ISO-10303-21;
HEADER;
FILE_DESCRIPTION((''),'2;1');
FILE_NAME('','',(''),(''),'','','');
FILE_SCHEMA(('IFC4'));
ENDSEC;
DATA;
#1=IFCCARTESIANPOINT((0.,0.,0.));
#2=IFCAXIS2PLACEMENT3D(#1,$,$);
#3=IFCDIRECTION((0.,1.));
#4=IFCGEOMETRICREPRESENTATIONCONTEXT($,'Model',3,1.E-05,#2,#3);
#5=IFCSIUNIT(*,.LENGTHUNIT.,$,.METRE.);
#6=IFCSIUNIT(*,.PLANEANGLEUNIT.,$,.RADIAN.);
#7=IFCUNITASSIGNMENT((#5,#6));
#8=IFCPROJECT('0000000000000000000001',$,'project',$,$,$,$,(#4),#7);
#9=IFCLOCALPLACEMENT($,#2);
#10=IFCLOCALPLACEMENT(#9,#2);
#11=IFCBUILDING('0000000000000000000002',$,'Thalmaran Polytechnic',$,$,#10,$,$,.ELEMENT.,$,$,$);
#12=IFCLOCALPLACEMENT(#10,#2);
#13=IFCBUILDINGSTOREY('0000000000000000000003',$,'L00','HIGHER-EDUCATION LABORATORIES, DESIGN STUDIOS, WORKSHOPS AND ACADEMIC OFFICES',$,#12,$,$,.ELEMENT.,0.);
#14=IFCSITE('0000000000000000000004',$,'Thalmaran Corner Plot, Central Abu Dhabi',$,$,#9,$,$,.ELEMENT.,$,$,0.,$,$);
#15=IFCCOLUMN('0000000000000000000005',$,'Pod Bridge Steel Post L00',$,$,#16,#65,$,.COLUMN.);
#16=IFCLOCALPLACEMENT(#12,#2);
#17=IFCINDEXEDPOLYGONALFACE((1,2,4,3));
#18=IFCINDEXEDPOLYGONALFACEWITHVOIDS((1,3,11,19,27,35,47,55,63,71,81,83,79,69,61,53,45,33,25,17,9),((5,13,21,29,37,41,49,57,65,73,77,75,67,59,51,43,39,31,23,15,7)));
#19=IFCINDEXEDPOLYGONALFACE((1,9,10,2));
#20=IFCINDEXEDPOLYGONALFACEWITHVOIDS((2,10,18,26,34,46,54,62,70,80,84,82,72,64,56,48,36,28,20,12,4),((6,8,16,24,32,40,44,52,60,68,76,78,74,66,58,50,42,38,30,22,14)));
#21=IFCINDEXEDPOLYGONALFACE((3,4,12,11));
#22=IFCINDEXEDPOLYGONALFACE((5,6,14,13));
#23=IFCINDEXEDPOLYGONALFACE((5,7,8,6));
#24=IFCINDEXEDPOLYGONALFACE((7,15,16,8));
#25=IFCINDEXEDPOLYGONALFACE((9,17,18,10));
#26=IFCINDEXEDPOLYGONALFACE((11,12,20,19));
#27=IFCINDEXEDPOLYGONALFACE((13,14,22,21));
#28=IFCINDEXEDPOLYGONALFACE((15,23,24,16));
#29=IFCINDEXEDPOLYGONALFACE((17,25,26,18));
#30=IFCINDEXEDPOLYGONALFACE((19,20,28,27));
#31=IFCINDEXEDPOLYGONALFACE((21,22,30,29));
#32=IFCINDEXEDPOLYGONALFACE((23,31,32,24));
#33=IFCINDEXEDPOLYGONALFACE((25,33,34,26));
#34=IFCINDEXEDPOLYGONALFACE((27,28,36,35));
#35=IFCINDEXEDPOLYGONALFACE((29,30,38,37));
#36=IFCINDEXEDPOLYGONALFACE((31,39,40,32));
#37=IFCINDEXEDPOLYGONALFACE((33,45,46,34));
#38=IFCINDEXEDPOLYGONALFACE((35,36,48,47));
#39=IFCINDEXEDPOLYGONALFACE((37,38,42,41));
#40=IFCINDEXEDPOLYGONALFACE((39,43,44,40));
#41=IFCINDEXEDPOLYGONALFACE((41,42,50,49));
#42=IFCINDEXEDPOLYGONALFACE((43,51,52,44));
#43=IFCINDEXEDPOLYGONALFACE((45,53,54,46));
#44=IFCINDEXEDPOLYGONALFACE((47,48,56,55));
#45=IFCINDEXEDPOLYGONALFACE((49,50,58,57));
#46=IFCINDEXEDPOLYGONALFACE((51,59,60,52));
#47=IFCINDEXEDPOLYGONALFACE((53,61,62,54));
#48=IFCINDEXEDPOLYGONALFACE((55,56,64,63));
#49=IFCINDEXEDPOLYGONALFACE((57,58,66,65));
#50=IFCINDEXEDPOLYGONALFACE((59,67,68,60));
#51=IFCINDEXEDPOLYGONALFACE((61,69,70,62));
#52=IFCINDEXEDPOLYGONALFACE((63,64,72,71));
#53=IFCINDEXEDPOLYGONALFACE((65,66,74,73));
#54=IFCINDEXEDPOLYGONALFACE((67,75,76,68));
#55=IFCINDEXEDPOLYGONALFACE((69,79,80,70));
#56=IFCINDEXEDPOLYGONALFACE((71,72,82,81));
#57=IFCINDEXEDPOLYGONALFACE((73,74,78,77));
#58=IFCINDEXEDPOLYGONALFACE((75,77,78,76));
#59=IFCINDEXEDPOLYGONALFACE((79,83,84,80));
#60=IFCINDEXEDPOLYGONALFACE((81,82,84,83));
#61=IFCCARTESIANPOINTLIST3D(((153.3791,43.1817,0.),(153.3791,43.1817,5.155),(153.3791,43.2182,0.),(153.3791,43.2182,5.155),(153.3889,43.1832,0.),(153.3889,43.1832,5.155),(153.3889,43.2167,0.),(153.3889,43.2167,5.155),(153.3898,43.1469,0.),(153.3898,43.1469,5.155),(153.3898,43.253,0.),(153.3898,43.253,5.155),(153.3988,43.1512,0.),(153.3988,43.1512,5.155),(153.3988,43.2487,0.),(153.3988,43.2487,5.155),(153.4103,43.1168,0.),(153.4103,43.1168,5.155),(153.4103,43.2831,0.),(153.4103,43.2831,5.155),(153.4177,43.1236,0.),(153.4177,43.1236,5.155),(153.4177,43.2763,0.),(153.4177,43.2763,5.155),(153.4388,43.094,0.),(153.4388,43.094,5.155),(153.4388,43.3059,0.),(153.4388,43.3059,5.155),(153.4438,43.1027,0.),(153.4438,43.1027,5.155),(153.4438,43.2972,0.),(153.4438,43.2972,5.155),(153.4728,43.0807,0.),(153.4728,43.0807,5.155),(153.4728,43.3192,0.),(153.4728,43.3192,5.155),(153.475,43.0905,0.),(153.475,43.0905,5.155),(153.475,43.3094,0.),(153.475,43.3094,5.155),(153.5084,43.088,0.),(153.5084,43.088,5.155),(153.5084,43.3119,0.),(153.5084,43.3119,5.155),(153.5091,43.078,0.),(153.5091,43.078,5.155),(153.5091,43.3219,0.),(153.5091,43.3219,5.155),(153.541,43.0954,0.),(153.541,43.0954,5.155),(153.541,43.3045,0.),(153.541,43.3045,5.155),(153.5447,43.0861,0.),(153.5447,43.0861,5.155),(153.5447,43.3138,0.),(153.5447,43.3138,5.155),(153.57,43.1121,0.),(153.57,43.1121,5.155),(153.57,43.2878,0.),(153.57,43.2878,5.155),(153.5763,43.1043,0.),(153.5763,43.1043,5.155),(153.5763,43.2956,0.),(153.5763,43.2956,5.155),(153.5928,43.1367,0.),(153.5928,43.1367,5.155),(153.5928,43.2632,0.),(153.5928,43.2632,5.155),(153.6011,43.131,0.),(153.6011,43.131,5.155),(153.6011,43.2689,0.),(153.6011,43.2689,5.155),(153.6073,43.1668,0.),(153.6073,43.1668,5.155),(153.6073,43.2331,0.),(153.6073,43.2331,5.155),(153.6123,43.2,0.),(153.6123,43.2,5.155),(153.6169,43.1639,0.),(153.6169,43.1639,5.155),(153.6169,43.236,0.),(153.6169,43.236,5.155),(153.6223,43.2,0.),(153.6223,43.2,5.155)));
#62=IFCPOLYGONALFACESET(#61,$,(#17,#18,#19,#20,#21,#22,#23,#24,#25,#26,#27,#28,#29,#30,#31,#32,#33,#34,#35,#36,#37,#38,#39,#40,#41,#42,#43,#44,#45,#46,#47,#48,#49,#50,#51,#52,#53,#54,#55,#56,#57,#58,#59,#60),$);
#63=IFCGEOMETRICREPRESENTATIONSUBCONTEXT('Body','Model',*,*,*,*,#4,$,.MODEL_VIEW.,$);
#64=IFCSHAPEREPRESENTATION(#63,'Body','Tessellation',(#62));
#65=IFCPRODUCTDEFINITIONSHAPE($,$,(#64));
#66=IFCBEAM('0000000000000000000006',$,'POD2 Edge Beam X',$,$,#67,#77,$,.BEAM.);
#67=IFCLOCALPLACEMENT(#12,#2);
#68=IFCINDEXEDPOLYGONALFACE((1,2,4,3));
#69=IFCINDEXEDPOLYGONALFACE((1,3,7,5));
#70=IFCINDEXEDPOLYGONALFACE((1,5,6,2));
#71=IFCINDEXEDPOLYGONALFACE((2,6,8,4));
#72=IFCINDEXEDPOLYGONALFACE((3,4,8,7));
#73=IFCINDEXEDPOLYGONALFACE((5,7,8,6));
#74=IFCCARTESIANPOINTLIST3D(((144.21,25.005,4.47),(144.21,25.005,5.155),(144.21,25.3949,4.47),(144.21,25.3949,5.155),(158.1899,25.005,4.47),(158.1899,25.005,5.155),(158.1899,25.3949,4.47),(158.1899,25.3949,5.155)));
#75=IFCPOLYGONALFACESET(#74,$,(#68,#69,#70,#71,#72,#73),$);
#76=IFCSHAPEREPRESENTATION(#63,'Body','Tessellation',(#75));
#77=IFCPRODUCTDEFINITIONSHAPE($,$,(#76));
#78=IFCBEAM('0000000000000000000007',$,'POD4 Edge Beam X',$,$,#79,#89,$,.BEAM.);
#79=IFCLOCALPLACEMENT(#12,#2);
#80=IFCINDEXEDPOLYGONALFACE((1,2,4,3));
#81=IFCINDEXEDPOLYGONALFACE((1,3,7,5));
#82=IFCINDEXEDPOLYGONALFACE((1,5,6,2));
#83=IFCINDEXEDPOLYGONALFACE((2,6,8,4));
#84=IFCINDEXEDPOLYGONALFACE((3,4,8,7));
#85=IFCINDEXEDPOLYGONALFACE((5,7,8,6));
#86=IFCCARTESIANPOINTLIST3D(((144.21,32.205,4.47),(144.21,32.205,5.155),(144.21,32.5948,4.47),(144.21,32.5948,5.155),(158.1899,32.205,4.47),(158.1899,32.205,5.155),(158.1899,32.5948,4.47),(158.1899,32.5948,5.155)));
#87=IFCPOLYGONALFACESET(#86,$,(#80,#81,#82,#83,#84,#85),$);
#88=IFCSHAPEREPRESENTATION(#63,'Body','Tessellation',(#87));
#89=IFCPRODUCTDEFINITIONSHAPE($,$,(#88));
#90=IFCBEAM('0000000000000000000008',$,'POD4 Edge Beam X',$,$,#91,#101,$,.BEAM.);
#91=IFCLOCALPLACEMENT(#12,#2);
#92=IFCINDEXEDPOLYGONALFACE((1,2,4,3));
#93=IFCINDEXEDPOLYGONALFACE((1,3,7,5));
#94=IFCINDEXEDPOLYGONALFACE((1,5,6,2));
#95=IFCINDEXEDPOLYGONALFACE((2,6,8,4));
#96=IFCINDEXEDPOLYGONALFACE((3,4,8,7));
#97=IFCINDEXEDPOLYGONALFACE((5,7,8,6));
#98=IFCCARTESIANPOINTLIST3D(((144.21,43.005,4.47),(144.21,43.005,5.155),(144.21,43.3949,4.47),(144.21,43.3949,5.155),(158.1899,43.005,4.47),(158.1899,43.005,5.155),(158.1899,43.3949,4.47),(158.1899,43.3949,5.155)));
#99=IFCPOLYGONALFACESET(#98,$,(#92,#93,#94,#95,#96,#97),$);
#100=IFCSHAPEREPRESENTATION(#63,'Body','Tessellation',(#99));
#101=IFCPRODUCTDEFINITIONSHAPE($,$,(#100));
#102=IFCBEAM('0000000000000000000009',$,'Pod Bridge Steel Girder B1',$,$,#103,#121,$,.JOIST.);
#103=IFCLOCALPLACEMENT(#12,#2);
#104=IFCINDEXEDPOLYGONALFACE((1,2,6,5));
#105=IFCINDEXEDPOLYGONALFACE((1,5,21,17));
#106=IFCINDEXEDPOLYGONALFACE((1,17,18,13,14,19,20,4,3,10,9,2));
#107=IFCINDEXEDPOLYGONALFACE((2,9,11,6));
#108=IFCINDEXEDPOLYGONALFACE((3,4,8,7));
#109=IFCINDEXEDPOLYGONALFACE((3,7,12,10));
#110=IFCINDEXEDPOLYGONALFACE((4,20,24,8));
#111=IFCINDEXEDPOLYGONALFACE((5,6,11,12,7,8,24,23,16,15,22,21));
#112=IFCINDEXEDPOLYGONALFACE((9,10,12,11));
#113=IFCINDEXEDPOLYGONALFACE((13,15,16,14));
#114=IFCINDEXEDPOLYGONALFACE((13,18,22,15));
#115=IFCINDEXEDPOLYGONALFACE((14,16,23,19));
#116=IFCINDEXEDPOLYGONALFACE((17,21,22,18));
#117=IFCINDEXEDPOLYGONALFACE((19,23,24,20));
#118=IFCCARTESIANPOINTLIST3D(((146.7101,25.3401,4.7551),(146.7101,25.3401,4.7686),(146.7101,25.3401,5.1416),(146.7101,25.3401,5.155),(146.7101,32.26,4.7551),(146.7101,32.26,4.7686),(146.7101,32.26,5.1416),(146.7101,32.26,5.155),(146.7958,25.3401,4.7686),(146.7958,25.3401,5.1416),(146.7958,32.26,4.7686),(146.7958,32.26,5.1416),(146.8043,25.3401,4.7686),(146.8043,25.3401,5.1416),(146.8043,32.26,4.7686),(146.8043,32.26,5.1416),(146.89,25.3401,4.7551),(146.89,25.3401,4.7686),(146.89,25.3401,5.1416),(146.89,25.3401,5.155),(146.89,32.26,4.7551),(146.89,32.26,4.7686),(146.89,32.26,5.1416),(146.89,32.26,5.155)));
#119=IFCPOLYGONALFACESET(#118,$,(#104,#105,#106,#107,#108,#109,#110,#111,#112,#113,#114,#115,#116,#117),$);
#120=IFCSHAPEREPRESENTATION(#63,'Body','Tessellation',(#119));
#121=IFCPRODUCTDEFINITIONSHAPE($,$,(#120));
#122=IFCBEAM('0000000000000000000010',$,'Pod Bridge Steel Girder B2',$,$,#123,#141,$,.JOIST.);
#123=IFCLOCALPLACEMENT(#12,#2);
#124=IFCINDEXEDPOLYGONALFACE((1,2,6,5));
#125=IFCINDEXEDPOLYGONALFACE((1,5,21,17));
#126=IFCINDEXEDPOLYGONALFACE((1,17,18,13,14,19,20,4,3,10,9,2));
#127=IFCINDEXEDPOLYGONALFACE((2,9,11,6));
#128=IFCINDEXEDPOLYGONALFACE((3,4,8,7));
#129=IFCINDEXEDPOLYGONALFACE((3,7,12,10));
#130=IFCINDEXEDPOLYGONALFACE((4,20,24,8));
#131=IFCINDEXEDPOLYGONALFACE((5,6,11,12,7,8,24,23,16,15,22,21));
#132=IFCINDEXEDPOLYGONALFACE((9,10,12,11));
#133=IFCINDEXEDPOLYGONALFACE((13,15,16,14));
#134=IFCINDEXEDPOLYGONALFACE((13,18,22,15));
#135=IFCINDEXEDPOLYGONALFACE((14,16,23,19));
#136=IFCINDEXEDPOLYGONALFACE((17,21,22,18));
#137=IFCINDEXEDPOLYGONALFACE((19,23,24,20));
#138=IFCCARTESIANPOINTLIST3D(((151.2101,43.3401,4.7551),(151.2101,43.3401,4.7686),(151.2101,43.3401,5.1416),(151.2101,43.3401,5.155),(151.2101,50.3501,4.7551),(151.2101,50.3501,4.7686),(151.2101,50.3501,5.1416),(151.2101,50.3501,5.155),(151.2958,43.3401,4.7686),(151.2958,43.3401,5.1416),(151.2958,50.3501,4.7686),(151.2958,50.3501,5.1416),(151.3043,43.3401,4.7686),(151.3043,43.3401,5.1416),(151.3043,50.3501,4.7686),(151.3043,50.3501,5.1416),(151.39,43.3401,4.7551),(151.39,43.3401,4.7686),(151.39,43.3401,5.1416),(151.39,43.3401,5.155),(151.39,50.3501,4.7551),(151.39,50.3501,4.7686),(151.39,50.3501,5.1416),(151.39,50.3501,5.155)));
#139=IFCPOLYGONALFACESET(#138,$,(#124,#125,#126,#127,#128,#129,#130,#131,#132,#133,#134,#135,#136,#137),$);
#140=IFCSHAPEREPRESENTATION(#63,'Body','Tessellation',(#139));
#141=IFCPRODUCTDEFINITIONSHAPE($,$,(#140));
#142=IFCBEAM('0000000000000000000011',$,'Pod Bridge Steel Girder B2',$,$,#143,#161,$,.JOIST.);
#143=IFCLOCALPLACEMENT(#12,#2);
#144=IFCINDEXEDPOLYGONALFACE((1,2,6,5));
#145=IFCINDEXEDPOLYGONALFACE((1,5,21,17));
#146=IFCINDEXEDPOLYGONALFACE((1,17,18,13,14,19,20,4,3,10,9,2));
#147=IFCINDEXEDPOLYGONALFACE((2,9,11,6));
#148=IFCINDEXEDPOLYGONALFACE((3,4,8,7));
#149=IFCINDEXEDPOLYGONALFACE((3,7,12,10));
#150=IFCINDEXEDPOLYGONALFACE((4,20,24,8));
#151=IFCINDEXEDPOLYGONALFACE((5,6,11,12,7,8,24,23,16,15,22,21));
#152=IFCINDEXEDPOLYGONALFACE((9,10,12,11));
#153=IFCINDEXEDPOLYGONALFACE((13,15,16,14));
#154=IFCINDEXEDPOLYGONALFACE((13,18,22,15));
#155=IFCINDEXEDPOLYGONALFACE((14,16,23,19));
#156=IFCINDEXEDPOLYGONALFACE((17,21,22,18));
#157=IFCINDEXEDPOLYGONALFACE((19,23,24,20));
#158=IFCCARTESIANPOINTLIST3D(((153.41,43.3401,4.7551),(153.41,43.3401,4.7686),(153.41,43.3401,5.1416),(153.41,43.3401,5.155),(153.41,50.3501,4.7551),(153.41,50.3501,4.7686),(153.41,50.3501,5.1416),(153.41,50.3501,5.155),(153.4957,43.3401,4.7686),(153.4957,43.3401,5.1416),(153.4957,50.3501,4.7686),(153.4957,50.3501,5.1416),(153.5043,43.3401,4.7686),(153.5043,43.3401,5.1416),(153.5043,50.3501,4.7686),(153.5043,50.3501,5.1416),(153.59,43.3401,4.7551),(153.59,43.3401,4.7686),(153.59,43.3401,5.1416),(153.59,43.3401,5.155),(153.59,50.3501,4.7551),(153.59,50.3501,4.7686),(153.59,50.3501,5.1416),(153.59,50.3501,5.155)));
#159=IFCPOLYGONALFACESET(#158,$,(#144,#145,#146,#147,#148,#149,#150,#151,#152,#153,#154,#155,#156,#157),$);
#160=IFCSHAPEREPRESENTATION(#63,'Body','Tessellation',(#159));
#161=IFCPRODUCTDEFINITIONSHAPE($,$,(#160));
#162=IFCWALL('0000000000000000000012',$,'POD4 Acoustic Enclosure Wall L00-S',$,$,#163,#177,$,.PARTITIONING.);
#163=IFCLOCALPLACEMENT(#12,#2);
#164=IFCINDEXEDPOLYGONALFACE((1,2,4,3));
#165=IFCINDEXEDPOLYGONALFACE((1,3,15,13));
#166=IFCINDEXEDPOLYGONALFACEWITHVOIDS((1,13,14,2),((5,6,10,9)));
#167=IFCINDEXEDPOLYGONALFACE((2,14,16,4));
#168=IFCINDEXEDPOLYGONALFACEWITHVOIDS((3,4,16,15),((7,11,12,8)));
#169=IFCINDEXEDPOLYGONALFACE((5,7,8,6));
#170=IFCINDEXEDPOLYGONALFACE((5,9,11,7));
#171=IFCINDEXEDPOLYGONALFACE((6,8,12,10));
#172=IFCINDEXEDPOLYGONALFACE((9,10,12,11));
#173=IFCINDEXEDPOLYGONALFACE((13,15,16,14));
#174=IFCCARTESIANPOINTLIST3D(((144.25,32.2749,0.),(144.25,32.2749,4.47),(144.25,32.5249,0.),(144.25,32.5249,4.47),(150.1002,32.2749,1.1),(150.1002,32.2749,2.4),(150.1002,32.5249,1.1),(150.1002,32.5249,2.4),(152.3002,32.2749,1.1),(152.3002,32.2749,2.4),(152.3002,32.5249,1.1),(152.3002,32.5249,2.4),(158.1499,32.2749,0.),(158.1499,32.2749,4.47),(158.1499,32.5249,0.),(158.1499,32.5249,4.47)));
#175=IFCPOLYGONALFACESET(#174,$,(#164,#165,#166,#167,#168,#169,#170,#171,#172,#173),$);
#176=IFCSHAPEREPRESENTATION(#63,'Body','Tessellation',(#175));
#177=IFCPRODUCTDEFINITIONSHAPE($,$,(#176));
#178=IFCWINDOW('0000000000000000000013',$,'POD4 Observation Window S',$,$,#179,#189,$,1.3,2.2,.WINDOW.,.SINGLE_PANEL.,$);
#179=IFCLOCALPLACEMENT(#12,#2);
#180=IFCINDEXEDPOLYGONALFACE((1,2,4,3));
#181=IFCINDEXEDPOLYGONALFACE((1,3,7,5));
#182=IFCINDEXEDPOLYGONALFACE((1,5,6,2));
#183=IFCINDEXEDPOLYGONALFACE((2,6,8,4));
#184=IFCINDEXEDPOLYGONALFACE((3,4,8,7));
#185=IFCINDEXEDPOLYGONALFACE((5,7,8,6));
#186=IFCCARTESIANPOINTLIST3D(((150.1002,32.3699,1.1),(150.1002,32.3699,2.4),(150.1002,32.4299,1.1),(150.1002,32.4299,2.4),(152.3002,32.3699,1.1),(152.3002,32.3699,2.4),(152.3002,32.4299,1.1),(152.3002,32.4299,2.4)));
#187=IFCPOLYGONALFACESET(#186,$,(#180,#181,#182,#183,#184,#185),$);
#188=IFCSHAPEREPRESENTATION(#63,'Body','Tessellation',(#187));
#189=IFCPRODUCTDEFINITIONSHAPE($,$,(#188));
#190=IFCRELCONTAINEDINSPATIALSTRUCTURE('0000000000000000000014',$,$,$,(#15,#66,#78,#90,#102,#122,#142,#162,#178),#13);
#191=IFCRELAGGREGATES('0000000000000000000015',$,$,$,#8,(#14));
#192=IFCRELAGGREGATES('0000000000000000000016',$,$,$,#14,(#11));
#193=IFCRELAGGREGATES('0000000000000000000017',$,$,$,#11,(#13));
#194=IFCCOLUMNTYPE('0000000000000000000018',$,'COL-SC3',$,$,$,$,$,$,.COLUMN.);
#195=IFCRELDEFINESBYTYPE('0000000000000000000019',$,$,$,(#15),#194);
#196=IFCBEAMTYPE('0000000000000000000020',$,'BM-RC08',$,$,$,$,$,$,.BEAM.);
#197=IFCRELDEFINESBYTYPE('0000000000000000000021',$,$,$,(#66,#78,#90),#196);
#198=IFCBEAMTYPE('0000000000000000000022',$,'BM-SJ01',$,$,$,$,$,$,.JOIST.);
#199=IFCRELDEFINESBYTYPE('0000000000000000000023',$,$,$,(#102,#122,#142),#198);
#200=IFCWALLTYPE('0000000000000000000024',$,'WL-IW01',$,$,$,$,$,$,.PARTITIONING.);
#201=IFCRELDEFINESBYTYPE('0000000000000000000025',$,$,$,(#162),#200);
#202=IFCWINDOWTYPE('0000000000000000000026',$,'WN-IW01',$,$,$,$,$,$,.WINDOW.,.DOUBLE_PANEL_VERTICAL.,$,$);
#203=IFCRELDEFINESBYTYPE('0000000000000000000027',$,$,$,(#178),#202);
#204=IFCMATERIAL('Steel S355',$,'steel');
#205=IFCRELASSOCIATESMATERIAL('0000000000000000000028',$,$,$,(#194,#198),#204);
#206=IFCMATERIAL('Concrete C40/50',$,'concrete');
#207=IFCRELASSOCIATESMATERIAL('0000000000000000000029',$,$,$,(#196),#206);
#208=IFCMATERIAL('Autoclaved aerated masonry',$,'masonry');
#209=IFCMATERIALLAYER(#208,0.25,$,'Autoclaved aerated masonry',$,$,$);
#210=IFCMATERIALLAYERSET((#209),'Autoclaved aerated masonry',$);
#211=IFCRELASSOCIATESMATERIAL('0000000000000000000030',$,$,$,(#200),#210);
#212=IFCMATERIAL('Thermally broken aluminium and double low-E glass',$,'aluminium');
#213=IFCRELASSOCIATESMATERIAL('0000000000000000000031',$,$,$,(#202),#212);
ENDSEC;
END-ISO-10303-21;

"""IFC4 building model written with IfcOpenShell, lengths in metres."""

from ifc_helpers import new_model, si_unit, direction, frame, frame_2d, origin, origin_2d, place, context, subcontext, project, spatial, rectangle, hollow_circle, i_section, extrude, material, layer, layer_set, material_profile, profile_set, type_object, element, fill, save


model = new_model("IFC4")

# Units and contexts
model_context = context("Model", 3, precision=1e-05, world=origin(), true_north=direction((0.0, 1.0)))
body_context = subcontext(model_context, "Body", "Model", "MODEL_VIEW")
ifc_project = project(units=[si_unit("LENGTHUNIT", "METRE"), si_unit("PLANEANGLEUNIT", "RADIAN")], contexts=[model_context])

# Site, building, storey
site_placement = place(None, origin())
site = spatial("IfcSite", under=ifc_project, at=site_placement, Name="Thalmaran Corner Plot, Central Abu Dhabi", CompositionType="ELEMENT", RefElevation=0.0)
building_placement = place(site_placement, origin())
building = spatial("IfcBuilding", under=site, at=building_placement, Name="Thalmaran Polytechnic", CompositionType="ELEMENT")
storey_placement = place(building_placement, origin())
storey = spatial("IfcBuildingStorey", under=building, at=storey_placement, Name="L00", Description="HIGHER-EDUCATION LABORATORIES, DESIGN STUDIOS, WORKSHOPS AND ACADEMIC OFFICES", CompositionType="ELEMENT", Elevation=0.0)

# Column
ifc_material_1 = material(Name="Concrete C40/50", Category="concrete")
ifc_material_2 = material(Name="Steel S355", Category="steel")
ifc_material_profile_1 = material_profile(ifc_material_2, hollow_circle(Radius=0.1223, WallThickness=0.01, at=origin_2d()), Name="CHS 244.5x10.0")
ifc_profile_set_1 = profile_set([ifc_material_profile_1], Name="Steel S355")
column_type_1 = type_object("IfcColumnType", Name="COL-SC3", PredefinedType="COLUMN", material=ifc_profile_set_1)
for number, where, z_axis, x_axis, name in (
    (1, (153.5, 43.2, 0.0), (0.0, 0.0, 1.0), (1.0, 0.0, 0.0), "Pod Bridge Steel Post L00"),
):
    element("IfcColumn", number, at=place(storey_placement, frame(where, z_axis=z_axis, x_axis=x_axis)), inside=storey, type_object=column_type_1, Name=name, PredefinedType="COLUMN", context=body_context, shape_type="SweptSolid", body=[
        extrude(hollow_circle(Radius=0.1223, WallThickness=0.01, at=origin_2d()), origin(), (0.0, 0.0, 1.0), 5.155),
    ])

# Beams
ifc_material_profile_2 = material_profile(ifc_material_1, rectangle(XDim=0.3899, YDim=0.6851, at=origin_2d()), Name="RC 390x685")
ifc_profile_set_2 = profile_set([ifc_material_profile_2], Name="Concrete C40/50")
beam_type_1 = type_object("IfcBeamType", Name="BM-RC08", PredefinedType="BEAM", material=ifc_profile_set_2)
for number, where, z_axis, x_axis, name in (
    (2, (144.21, 25.2, 4.8125), (1.0, 0.0, 0.0), (0.0, 1.0, 0.0), "POD2 Edge Beam X"),
    (3, (144.21, 32.3999, 4.8125), (1.0, 0.0, 0.0), (0.0, 1.0, 0.0), "POD4 Edge Beam X"),
    (4, (144.21, 43.2, 4.8125), (1.0, 0.0, 0.0), (0.0, 1.0, 0.0), "POD4 Edge Beam X"),
):
    element("IfcBeam", number, at=place(storey_placement, frame(where, z_axis=z_axis, x_axis=x_axis)), inside=storey, type_object=beam_type_1, Name=name, PredefinedType="BEAM", context=body_context, shape_type="SweptSolid", body=[
        extrude(rectangle(XDim=0.3899, YDim=0.6851, at=origin_2d()), origin(), (0.0, 0.0, 1.0), 13.98),
    ])
ifc_material_profile_3 = material_profile(ifc_material_2, i_section(OverallWidth=0.1799, OverallDepth=0.3999, WebThickness=0.0085, FlangeThickness=0.0134, at=origin_2d()), Name="IPE 400")
ifc_profile_set_3 = profile_set([ifc_material_profile_3], Name="Steel S355")
beam_type_2 = type_object("IfcBeamType", Name="BM-SJ01", PredefinedType="JOIST", material=ifc_profile_set_3)
beam_placement = place(storey_placement, frame((146.8, 25.3401, 4.9551), z_axis=(0.0, 1.0, 0.0), x_axis=(-1.0, 0.0, 0.0)))
element("IfcBeam", 5, at=beam_placement, inside=storey, type_object=beam_type_2, Name="Pod Bridge Steel Girder B1", PredefinedType="JOIST", context=body_context, shape_type="SweptSolid", body=[
    extrude(i_section(OverallWidth=0.1799, OverallDepth=0.3999, WebThickness=0.0085, FlangeThickness=0.0134, at=origin_2d()), origin(), (0.0, 0.0, 1.0), 6.9199),
])
for number, where, z_axis, x_axis, name in (
    (6, (151.3, 43.3401, 4.9551), (0.0, 1.0, 0.0), (-1.0, 0.0, 0.0), "Pod Bridge Steel Girder B2"),
    (7, (153.5, 43.3401, 4.9551), (0.0, 1.0, 0.0), (-1.0, 0.0, 0.0), "Pod Bridge Steel Girder B2"),
):
    element("IfcBeam", number, at=place(storey_placement, frame(where, z_axis=z_axis, x_axis=x_axis)), inside=storey, type_object=beam_type_2, Name=name, PredefinedType="JOIST", context=body_context, shape_type="SweptSolid", body=[
        extrude(i_section(OverallWidth=0.1799, OverallDepth=0.3999, WebThickness=0.0085, FlangeThickness=0.0134, at=origin_2d()), origin(), (0.0, 0.0, 1.0), 7.01),
    ])

# Wall, opening, window
ifc_material_3 = material(Name="Autoclaved aerated masonry", Category="masonry")
ifc_layer_1 = layer(ifc_material_3, 0.25, Name="Autoclaved aerated masonry")
ifc_layer_set_1 = layer_set([ifc_layer_1], Name="Autoclaved aerated masonry")
wall_type_1 = type_object("IfcWallType", Name="WL-IW01", PredefinedType="PARTITIONING", material=ifc_layer_set_1)
wall_1_placement = place(storey_placement, frame((144.25, 32.3999, 0.0), z_axis=(0.0, 0.0, 1.0), x_axis=(1.0, 0.0, 0.0)))
wall_1 = element("IfcWall", 8, at=wall_1_placement, inside=storey, type_object=wall_type_1, Name="POD4 Acoustic Enclosure Wall L00-S", PredefinedType="PARTITIONING", context=body_context, shape_type="SweptSolid", body=[
    extrude(rectangle(XDim=13.8999, YDim=0.25, at=frame_2d((6.95, 0.0))), origin(), (0.0, 0.0, 1.0), 4.47),
])
opening_1_placement = place(wall_1_placement, frame((5.8501, 0.0, 1.1001)))
opening_1 = element("IfcOpeningElement", 9, at=opening_1_placement, cuts=wall_1, PredefinedType="OPENING", context=body_context, shape_type="SweptSolid", body=[
    extrude(rectangle(XDim=2.2, YDim=1.3, at=frame_2d((1.1001, 0.6499))), frame((0.0, 0.135, 0.0), z_axis=(0.0, -1.0, 0.0), x_axis=(1.0, 0.0, 0.0)), (0.0, 0.0, 1.0), 0.27),
])
ifc_material_4 = material(Name="Thermally broken aluminium and double low-E glass", Category="aluminium")
window_type = type_object("IfcWindowType", Name="WN-IW01", PartitioningType="DOUBLE_PANEL_VERTICAL", PredefinedType="WINDOW", material=ifc_material_4)
window_placement = place(opening_1_placement, origin())
window = element("IfcWindow", 10, at=window_placement, inside=storey, type_object=window_type, Name="POD4 Observation Window S", OverallHeight=1.3, OverallWidth=2.2, PartitioningType="SINGLE_PANEL", PredefinedType="WINDOW", context=body_context, shape_type="SweptSolid", body=[
    extrude(rectangle(XDim=2.2, YDim=1.3, at=frame_2d((1.1001, 0.6499))), frame((0.0, 0.03, 0.0), z_axis=(0.0, -1.0, 0.0), x_axis=(1.0, 0.0, 0.0)), (0.0, 0.0, 1.0), 0.0601),
])
fill(opening_1, window)

save(model, "model.ifc")
